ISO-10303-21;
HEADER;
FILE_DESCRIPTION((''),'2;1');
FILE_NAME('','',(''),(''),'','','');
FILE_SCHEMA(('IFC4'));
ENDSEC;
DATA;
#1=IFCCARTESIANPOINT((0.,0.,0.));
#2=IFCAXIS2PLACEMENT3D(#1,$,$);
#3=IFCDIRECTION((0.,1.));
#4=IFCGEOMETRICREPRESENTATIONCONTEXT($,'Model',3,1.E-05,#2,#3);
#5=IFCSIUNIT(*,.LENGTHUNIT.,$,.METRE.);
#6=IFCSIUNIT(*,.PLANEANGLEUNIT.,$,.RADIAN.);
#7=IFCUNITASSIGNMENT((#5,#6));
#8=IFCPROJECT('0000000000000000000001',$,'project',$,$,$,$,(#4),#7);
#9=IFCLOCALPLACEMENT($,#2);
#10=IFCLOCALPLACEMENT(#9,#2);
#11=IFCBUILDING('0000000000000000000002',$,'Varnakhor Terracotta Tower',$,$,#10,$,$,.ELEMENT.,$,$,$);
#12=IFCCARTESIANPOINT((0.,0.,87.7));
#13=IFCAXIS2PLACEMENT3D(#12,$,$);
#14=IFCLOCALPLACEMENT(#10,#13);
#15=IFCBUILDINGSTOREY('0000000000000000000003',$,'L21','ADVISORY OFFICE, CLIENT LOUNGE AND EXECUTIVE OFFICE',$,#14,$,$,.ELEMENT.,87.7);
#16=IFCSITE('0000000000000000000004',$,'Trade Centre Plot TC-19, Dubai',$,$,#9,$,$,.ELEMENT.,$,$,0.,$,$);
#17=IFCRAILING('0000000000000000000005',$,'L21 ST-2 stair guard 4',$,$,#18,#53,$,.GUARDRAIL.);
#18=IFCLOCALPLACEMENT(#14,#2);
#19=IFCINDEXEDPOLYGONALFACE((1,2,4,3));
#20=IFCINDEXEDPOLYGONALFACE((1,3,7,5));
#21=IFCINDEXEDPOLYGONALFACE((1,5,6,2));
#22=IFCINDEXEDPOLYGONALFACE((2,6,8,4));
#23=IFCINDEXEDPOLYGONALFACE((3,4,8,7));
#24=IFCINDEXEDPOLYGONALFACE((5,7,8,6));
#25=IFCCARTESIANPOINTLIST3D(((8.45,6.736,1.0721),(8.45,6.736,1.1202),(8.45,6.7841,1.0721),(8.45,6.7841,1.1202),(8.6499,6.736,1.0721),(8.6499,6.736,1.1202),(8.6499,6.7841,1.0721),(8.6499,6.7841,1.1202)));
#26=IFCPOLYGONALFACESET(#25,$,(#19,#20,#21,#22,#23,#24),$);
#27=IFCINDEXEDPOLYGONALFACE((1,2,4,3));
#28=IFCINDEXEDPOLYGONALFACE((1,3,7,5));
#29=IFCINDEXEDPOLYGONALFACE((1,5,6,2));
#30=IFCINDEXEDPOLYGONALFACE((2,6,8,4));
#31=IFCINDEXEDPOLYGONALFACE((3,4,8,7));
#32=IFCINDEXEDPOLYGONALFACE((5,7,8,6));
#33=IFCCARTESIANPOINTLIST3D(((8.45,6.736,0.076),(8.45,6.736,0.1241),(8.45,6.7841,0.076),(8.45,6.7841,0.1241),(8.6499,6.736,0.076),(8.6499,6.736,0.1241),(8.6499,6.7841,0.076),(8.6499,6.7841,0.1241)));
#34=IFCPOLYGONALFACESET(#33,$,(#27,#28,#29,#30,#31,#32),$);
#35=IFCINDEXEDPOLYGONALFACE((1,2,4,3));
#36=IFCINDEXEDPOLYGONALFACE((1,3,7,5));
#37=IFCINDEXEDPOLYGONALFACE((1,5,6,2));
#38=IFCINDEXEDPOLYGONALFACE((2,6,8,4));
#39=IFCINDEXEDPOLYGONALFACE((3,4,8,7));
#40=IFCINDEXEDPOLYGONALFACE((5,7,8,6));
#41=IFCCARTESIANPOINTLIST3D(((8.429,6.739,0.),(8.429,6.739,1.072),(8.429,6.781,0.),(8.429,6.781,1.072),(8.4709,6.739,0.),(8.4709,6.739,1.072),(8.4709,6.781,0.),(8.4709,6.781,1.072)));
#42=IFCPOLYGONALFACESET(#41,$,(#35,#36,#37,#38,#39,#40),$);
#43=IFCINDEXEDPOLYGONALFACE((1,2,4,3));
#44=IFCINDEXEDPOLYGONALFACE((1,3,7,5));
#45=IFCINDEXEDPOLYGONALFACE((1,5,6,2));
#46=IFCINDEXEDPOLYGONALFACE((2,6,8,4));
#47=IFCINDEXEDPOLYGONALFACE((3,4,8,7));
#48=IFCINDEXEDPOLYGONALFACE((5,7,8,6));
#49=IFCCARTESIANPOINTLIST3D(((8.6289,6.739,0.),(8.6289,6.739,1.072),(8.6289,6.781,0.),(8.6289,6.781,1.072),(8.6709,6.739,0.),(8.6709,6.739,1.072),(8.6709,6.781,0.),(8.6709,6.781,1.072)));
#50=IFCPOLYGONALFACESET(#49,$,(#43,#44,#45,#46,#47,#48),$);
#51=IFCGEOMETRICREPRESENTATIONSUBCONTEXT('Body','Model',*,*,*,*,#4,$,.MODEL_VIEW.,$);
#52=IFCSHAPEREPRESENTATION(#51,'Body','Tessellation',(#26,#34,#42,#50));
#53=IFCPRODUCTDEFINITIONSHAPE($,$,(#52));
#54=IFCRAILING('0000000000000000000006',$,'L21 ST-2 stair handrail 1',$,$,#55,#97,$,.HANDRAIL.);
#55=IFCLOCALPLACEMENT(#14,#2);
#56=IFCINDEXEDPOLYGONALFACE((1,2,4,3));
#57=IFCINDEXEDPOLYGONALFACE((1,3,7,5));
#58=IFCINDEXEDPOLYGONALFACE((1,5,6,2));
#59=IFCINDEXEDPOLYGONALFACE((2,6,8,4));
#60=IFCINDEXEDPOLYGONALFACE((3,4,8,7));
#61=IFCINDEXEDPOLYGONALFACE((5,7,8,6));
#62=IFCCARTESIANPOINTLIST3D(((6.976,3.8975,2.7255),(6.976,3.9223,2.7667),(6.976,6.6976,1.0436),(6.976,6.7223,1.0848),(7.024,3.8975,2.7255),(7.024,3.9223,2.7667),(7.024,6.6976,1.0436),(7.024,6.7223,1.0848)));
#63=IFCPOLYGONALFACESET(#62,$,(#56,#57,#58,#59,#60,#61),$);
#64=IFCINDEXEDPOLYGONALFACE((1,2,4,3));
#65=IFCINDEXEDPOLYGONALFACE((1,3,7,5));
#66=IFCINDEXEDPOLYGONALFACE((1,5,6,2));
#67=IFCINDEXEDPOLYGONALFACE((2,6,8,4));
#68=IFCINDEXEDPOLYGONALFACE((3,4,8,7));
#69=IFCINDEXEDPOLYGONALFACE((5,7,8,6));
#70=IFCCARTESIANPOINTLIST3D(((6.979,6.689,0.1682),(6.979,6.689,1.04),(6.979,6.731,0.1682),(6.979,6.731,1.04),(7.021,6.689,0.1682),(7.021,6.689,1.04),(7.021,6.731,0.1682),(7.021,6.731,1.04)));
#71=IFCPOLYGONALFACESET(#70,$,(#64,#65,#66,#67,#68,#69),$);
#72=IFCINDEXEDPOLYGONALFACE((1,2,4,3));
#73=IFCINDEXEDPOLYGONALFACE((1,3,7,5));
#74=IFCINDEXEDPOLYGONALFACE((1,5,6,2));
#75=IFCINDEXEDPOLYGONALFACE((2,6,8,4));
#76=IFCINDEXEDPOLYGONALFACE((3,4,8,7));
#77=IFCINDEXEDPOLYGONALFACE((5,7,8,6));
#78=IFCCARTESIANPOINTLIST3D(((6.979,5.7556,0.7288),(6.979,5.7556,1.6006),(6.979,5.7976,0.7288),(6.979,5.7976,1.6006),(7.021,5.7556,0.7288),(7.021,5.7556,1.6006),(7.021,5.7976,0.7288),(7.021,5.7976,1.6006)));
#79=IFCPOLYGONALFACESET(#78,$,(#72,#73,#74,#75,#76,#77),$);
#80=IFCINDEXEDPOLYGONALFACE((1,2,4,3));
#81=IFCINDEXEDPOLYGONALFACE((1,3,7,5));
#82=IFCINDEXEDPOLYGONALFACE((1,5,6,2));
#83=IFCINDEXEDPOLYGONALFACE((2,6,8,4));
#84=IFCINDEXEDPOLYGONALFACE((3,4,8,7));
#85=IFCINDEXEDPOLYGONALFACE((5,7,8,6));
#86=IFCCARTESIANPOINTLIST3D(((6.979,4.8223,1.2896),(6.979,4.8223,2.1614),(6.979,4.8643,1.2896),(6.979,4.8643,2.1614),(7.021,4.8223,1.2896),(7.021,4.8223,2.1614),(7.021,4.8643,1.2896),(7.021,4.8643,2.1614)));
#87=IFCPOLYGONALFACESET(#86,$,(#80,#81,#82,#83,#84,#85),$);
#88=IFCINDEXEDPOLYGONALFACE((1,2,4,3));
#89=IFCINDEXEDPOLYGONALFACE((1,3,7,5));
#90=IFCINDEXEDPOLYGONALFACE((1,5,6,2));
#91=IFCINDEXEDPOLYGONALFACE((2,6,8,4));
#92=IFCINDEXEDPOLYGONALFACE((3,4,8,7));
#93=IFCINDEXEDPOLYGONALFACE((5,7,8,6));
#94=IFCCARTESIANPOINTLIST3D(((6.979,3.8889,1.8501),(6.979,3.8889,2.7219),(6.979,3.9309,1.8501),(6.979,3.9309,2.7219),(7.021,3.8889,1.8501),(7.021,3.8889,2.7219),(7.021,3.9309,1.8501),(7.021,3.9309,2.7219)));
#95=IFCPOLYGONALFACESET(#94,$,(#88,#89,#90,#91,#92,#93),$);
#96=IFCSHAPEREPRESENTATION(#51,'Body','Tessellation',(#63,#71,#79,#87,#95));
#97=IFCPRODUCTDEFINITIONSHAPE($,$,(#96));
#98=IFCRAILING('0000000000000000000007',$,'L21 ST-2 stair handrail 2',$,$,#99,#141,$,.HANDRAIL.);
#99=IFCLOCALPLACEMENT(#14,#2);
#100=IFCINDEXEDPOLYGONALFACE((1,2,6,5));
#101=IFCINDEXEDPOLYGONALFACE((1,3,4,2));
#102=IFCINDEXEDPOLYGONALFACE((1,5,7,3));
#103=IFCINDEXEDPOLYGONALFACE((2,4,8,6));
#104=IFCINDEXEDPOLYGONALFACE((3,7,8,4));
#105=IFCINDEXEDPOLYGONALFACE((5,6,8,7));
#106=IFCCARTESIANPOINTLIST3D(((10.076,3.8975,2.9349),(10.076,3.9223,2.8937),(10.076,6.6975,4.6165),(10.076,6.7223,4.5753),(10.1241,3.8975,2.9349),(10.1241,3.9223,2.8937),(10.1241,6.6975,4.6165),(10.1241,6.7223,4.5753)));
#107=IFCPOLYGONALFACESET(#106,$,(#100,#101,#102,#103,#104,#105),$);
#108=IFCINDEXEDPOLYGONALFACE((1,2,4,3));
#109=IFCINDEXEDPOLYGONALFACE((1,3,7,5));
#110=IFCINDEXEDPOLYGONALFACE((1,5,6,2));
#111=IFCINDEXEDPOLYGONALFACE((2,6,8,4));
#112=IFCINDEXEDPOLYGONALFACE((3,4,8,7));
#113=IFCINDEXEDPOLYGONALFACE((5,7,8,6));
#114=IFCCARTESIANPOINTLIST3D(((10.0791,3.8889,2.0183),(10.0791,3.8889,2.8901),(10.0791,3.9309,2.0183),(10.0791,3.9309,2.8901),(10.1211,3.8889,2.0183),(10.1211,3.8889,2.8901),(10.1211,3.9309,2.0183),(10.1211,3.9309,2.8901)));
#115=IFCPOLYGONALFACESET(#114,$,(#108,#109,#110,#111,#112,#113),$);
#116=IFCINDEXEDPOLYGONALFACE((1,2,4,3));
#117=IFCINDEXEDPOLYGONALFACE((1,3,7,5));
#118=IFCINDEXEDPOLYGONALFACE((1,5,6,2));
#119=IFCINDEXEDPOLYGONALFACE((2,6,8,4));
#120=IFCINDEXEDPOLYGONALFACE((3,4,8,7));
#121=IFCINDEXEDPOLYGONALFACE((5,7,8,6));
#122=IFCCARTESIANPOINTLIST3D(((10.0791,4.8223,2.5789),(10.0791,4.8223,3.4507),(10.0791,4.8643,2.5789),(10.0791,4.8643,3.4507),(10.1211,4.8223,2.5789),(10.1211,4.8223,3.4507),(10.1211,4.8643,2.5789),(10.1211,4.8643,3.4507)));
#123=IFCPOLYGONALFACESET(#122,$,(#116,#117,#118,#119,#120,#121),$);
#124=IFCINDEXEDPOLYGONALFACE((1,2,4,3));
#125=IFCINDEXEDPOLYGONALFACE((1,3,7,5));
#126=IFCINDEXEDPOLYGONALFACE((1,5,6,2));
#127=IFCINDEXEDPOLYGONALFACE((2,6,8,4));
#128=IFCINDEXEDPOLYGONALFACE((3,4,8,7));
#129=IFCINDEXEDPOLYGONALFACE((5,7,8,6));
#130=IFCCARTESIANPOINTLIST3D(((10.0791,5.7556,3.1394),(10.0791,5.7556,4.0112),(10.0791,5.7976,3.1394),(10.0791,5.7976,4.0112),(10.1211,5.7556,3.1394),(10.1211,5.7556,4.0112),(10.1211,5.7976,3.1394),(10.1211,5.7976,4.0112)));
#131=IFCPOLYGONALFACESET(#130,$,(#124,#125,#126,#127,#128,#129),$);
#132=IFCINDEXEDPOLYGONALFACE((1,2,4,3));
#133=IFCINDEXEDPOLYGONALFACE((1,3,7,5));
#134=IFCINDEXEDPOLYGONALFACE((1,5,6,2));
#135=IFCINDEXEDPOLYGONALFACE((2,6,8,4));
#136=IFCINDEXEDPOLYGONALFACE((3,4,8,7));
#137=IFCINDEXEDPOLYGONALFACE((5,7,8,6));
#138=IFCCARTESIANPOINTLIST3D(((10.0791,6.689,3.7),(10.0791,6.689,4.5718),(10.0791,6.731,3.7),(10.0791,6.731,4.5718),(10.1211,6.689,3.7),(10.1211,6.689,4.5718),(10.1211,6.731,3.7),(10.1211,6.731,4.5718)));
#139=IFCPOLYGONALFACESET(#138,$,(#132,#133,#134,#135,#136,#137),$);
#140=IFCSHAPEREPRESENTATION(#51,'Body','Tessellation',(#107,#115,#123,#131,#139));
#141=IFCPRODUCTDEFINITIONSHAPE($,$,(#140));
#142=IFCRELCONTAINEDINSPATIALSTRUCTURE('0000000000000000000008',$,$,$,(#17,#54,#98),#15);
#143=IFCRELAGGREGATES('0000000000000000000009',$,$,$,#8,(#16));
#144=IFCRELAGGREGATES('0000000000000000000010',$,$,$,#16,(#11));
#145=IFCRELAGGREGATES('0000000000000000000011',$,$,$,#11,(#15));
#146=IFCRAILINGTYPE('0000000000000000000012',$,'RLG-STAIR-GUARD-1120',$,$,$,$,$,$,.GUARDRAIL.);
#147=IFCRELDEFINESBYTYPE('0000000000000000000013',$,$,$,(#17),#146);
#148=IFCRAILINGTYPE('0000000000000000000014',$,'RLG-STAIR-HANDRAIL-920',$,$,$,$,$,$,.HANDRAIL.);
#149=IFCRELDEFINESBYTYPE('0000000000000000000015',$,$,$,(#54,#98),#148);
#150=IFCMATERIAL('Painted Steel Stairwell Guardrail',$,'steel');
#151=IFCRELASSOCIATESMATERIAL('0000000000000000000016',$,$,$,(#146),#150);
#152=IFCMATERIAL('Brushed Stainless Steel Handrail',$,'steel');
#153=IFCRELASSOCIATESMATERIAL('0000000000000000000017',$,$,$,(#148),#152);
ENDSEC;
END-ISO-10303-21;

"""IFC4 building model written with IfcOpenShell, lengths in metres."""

from ifc_helpers import new_model, si_unit, direction, frame, origin, origin_2d, place, context, subcontext, project, spatial, rectangle, extrude, material, type_object, element, save


model = new_model("IFC4")

# Units and contexts
model_context = context("Model", 3, precision=1e-05, world=origin(), true_north=direction((0.0, 1.0)))
body_context = subcontext(model_context, "Body", "Model", "MODEL_VIEW")
ifc_project = project(units=[si_unit("LENGTHUNIT", "METRE"), si_unit("PLANEANGLEUNIT", "RADIAN")], contexts=[model_context])

# Site, building, storey
site_placement = place(None, origin())
site = spatial("IfcSite", under=ifc_project, at=site_placement, Name="Trade Centre Plot TC-19, Dubai", CompositionType="ELEMENT", RefElevation=0.0)
building_placement = place(site_placement, origin())
building = spatial("IfcBuilding", under=site, at=building_placement, Name="Varnakhor Terracotta Tower", CompositionType="ELEMENT")
storey_placement = place(building_placement, frame((0.0, 0.0, 87.7)))
storey = spatial("IfcBuildingStorey", under=building, at=storey_placement, Name="L21", Description="ADVISORY OFFICE, CLIENT LOUNGE AND EXECUTIVE OFFICE", CompositionType="ELEMENT", Elevation=87.7)

# Railings
ifc_material_1 = material(Name="Painted Steel Stairwell Guardrail", Category="steel")
railing_type_1 = type_object("IfcRailingType", Name="RLG-STAIR-GUARD-1120", PredefinedType="GUARDRAIL", material=ifc_material_1)
railing_1_placement = place(storey_placement, frame((8.45, 6.76, 0.0)))
element("IfcRailing", 1, at=railing_1_placement, inside=storey, type_object=railing_type_1, Name="L21 ST-2 stair guard 4", PredefinedType="GUARDRAIL", context=body_context, shape_type="SweptSolid", body=[
    extrude(rectangle(XDim=0.0481, YDim=0.0481, at=origin_2d()), frame((0.0, 0.0, 1.0962), z_axis=(1.0, 0.0, 0.0), x_axis=(0.0, 1.0, 0.0)), (0.0, 0.0, 1.0), 0.2),
    extrude(rectangle(XDim=0.0481, YDim=0.0481, at=origin_2d()), frame((0.0, 0.0, 0.1001), z_axis=(1.0, 0.0, 0.0), x_axis=(0.0, 1.0, 0.0)), (0.0, 0.0, 1.0), 0.2),
    extrude(rectangle(XDim=0.042, YDim=0.042, at=origin_2d()), origin(), (0.0, 0.0, 1.0), 1.072),
    extrude(rectangle(XDim=0.042, YDim=0.042, at=origin_2d()), frame((0.2, 0.0, 0.0)), (0.0, 0.0, 1.0), 1.072),
])
ifc_material_2 = material(Name="Brushed Stainless Steel Handrail", Category="steel")
railing_type_2 = type_object("IfcRailingType", Name="RLG-STAIR-HANDRAIL-920", PredefinedType="HANDRAIL", material=ifc_material_2)
railing_2_placement = place(storey_placement, frame((7.0, 6.71, 0.1682)))
element("IfcRailing", 2, at=railing_2_placement, inside=storey, type_object=railing_type_2, Name="L21 ST-2 stair handrail 1", PredefinedType="HANDRAIL", context=body_context, shape_type="SweptSolid", body=[
    extrude(rectangle(XDim=0.0481, YDim=0.0481, at=origin_2d()), frame((0.0, 0.0, 0.896), z_axis=(0.0, -0.857242, 0.514913), x_axis=(1.0, 0.0, 0.0)), (0.0, 0.0, 1.0), 3.2664),
    extrude(rectangle(XDim=0.042, YDim=0.042, at=origin_2d()), origin(), (0.0, 0.0, 1.0), 0.8718),
    extrude(rectangle(XDim=0.042, YDim=0.042, at=origin_2d()), frame((0.0, -0.9333, 0.5605)), (0.0, 0.0, 1.0), 0.8718),
    extrude(rectangle(XDim=0.042, YDim=0.042, at=origin_2d()), frame((0.0, -1.8667, 1.1213)), (0.0, 0.0, 1.0), 0.8718),
    extrude(rectangle(XDim=0.042, YDim=0.042, at=origin_2d()), frame((0.0, -2.8, 1.6819)), (0.0, 0.0, 1.0), 0.8718),
])
railing_3_placement = place(storey_placement, frame((10.1001, 3.9099, 2.0183)))
element("IfcRailing", 3, at=railing_3_placement, inside=storey, type_object=railing_type_2, Name="L21 ST-2 stair handrail 2", PredefinedType="HANDRAIL", context=body_context, shape_type="SweptSolid", body=[
    extrude(rectangle(XDim=0.0481, YDim=0.0481, at=origin_2d()), frame((0.0, 0.0, 0.896), z_axis=(0.0, 0.857275, 0.514858), x_axis=(-1.0, 0.0, 0.0)), (0.0, 0.0, 1.0), 3.2661),
    extrude(rectangle(XDim=0.042, YDim=0.042, at=origin_2d()), origin(), (0.0, 0.0, 1.0), 0.8718),
    extrude(rectangle(XDim=0.042, YDim=0.042, at=origin_2d()), frame((0.0, 0.9333, 0.5605)), (0.0, 0.0, 1.0), 0.8718),
    extrude(rectangle(XDim=0.042, YDim=0.042, at=origin_2d()), frame((0.0, 1.8667, 1.1211)), (0.0, 0.0, 1.0), 0.8718),
    extrude(rectangle(XDim=0.042, YDim=0.042, at=origin_2d()), frame((0.0, 2.8, 1.6816)), (0.0, 0.0, 1.0), 0.8718),
])

save(model, "model.ifc")
